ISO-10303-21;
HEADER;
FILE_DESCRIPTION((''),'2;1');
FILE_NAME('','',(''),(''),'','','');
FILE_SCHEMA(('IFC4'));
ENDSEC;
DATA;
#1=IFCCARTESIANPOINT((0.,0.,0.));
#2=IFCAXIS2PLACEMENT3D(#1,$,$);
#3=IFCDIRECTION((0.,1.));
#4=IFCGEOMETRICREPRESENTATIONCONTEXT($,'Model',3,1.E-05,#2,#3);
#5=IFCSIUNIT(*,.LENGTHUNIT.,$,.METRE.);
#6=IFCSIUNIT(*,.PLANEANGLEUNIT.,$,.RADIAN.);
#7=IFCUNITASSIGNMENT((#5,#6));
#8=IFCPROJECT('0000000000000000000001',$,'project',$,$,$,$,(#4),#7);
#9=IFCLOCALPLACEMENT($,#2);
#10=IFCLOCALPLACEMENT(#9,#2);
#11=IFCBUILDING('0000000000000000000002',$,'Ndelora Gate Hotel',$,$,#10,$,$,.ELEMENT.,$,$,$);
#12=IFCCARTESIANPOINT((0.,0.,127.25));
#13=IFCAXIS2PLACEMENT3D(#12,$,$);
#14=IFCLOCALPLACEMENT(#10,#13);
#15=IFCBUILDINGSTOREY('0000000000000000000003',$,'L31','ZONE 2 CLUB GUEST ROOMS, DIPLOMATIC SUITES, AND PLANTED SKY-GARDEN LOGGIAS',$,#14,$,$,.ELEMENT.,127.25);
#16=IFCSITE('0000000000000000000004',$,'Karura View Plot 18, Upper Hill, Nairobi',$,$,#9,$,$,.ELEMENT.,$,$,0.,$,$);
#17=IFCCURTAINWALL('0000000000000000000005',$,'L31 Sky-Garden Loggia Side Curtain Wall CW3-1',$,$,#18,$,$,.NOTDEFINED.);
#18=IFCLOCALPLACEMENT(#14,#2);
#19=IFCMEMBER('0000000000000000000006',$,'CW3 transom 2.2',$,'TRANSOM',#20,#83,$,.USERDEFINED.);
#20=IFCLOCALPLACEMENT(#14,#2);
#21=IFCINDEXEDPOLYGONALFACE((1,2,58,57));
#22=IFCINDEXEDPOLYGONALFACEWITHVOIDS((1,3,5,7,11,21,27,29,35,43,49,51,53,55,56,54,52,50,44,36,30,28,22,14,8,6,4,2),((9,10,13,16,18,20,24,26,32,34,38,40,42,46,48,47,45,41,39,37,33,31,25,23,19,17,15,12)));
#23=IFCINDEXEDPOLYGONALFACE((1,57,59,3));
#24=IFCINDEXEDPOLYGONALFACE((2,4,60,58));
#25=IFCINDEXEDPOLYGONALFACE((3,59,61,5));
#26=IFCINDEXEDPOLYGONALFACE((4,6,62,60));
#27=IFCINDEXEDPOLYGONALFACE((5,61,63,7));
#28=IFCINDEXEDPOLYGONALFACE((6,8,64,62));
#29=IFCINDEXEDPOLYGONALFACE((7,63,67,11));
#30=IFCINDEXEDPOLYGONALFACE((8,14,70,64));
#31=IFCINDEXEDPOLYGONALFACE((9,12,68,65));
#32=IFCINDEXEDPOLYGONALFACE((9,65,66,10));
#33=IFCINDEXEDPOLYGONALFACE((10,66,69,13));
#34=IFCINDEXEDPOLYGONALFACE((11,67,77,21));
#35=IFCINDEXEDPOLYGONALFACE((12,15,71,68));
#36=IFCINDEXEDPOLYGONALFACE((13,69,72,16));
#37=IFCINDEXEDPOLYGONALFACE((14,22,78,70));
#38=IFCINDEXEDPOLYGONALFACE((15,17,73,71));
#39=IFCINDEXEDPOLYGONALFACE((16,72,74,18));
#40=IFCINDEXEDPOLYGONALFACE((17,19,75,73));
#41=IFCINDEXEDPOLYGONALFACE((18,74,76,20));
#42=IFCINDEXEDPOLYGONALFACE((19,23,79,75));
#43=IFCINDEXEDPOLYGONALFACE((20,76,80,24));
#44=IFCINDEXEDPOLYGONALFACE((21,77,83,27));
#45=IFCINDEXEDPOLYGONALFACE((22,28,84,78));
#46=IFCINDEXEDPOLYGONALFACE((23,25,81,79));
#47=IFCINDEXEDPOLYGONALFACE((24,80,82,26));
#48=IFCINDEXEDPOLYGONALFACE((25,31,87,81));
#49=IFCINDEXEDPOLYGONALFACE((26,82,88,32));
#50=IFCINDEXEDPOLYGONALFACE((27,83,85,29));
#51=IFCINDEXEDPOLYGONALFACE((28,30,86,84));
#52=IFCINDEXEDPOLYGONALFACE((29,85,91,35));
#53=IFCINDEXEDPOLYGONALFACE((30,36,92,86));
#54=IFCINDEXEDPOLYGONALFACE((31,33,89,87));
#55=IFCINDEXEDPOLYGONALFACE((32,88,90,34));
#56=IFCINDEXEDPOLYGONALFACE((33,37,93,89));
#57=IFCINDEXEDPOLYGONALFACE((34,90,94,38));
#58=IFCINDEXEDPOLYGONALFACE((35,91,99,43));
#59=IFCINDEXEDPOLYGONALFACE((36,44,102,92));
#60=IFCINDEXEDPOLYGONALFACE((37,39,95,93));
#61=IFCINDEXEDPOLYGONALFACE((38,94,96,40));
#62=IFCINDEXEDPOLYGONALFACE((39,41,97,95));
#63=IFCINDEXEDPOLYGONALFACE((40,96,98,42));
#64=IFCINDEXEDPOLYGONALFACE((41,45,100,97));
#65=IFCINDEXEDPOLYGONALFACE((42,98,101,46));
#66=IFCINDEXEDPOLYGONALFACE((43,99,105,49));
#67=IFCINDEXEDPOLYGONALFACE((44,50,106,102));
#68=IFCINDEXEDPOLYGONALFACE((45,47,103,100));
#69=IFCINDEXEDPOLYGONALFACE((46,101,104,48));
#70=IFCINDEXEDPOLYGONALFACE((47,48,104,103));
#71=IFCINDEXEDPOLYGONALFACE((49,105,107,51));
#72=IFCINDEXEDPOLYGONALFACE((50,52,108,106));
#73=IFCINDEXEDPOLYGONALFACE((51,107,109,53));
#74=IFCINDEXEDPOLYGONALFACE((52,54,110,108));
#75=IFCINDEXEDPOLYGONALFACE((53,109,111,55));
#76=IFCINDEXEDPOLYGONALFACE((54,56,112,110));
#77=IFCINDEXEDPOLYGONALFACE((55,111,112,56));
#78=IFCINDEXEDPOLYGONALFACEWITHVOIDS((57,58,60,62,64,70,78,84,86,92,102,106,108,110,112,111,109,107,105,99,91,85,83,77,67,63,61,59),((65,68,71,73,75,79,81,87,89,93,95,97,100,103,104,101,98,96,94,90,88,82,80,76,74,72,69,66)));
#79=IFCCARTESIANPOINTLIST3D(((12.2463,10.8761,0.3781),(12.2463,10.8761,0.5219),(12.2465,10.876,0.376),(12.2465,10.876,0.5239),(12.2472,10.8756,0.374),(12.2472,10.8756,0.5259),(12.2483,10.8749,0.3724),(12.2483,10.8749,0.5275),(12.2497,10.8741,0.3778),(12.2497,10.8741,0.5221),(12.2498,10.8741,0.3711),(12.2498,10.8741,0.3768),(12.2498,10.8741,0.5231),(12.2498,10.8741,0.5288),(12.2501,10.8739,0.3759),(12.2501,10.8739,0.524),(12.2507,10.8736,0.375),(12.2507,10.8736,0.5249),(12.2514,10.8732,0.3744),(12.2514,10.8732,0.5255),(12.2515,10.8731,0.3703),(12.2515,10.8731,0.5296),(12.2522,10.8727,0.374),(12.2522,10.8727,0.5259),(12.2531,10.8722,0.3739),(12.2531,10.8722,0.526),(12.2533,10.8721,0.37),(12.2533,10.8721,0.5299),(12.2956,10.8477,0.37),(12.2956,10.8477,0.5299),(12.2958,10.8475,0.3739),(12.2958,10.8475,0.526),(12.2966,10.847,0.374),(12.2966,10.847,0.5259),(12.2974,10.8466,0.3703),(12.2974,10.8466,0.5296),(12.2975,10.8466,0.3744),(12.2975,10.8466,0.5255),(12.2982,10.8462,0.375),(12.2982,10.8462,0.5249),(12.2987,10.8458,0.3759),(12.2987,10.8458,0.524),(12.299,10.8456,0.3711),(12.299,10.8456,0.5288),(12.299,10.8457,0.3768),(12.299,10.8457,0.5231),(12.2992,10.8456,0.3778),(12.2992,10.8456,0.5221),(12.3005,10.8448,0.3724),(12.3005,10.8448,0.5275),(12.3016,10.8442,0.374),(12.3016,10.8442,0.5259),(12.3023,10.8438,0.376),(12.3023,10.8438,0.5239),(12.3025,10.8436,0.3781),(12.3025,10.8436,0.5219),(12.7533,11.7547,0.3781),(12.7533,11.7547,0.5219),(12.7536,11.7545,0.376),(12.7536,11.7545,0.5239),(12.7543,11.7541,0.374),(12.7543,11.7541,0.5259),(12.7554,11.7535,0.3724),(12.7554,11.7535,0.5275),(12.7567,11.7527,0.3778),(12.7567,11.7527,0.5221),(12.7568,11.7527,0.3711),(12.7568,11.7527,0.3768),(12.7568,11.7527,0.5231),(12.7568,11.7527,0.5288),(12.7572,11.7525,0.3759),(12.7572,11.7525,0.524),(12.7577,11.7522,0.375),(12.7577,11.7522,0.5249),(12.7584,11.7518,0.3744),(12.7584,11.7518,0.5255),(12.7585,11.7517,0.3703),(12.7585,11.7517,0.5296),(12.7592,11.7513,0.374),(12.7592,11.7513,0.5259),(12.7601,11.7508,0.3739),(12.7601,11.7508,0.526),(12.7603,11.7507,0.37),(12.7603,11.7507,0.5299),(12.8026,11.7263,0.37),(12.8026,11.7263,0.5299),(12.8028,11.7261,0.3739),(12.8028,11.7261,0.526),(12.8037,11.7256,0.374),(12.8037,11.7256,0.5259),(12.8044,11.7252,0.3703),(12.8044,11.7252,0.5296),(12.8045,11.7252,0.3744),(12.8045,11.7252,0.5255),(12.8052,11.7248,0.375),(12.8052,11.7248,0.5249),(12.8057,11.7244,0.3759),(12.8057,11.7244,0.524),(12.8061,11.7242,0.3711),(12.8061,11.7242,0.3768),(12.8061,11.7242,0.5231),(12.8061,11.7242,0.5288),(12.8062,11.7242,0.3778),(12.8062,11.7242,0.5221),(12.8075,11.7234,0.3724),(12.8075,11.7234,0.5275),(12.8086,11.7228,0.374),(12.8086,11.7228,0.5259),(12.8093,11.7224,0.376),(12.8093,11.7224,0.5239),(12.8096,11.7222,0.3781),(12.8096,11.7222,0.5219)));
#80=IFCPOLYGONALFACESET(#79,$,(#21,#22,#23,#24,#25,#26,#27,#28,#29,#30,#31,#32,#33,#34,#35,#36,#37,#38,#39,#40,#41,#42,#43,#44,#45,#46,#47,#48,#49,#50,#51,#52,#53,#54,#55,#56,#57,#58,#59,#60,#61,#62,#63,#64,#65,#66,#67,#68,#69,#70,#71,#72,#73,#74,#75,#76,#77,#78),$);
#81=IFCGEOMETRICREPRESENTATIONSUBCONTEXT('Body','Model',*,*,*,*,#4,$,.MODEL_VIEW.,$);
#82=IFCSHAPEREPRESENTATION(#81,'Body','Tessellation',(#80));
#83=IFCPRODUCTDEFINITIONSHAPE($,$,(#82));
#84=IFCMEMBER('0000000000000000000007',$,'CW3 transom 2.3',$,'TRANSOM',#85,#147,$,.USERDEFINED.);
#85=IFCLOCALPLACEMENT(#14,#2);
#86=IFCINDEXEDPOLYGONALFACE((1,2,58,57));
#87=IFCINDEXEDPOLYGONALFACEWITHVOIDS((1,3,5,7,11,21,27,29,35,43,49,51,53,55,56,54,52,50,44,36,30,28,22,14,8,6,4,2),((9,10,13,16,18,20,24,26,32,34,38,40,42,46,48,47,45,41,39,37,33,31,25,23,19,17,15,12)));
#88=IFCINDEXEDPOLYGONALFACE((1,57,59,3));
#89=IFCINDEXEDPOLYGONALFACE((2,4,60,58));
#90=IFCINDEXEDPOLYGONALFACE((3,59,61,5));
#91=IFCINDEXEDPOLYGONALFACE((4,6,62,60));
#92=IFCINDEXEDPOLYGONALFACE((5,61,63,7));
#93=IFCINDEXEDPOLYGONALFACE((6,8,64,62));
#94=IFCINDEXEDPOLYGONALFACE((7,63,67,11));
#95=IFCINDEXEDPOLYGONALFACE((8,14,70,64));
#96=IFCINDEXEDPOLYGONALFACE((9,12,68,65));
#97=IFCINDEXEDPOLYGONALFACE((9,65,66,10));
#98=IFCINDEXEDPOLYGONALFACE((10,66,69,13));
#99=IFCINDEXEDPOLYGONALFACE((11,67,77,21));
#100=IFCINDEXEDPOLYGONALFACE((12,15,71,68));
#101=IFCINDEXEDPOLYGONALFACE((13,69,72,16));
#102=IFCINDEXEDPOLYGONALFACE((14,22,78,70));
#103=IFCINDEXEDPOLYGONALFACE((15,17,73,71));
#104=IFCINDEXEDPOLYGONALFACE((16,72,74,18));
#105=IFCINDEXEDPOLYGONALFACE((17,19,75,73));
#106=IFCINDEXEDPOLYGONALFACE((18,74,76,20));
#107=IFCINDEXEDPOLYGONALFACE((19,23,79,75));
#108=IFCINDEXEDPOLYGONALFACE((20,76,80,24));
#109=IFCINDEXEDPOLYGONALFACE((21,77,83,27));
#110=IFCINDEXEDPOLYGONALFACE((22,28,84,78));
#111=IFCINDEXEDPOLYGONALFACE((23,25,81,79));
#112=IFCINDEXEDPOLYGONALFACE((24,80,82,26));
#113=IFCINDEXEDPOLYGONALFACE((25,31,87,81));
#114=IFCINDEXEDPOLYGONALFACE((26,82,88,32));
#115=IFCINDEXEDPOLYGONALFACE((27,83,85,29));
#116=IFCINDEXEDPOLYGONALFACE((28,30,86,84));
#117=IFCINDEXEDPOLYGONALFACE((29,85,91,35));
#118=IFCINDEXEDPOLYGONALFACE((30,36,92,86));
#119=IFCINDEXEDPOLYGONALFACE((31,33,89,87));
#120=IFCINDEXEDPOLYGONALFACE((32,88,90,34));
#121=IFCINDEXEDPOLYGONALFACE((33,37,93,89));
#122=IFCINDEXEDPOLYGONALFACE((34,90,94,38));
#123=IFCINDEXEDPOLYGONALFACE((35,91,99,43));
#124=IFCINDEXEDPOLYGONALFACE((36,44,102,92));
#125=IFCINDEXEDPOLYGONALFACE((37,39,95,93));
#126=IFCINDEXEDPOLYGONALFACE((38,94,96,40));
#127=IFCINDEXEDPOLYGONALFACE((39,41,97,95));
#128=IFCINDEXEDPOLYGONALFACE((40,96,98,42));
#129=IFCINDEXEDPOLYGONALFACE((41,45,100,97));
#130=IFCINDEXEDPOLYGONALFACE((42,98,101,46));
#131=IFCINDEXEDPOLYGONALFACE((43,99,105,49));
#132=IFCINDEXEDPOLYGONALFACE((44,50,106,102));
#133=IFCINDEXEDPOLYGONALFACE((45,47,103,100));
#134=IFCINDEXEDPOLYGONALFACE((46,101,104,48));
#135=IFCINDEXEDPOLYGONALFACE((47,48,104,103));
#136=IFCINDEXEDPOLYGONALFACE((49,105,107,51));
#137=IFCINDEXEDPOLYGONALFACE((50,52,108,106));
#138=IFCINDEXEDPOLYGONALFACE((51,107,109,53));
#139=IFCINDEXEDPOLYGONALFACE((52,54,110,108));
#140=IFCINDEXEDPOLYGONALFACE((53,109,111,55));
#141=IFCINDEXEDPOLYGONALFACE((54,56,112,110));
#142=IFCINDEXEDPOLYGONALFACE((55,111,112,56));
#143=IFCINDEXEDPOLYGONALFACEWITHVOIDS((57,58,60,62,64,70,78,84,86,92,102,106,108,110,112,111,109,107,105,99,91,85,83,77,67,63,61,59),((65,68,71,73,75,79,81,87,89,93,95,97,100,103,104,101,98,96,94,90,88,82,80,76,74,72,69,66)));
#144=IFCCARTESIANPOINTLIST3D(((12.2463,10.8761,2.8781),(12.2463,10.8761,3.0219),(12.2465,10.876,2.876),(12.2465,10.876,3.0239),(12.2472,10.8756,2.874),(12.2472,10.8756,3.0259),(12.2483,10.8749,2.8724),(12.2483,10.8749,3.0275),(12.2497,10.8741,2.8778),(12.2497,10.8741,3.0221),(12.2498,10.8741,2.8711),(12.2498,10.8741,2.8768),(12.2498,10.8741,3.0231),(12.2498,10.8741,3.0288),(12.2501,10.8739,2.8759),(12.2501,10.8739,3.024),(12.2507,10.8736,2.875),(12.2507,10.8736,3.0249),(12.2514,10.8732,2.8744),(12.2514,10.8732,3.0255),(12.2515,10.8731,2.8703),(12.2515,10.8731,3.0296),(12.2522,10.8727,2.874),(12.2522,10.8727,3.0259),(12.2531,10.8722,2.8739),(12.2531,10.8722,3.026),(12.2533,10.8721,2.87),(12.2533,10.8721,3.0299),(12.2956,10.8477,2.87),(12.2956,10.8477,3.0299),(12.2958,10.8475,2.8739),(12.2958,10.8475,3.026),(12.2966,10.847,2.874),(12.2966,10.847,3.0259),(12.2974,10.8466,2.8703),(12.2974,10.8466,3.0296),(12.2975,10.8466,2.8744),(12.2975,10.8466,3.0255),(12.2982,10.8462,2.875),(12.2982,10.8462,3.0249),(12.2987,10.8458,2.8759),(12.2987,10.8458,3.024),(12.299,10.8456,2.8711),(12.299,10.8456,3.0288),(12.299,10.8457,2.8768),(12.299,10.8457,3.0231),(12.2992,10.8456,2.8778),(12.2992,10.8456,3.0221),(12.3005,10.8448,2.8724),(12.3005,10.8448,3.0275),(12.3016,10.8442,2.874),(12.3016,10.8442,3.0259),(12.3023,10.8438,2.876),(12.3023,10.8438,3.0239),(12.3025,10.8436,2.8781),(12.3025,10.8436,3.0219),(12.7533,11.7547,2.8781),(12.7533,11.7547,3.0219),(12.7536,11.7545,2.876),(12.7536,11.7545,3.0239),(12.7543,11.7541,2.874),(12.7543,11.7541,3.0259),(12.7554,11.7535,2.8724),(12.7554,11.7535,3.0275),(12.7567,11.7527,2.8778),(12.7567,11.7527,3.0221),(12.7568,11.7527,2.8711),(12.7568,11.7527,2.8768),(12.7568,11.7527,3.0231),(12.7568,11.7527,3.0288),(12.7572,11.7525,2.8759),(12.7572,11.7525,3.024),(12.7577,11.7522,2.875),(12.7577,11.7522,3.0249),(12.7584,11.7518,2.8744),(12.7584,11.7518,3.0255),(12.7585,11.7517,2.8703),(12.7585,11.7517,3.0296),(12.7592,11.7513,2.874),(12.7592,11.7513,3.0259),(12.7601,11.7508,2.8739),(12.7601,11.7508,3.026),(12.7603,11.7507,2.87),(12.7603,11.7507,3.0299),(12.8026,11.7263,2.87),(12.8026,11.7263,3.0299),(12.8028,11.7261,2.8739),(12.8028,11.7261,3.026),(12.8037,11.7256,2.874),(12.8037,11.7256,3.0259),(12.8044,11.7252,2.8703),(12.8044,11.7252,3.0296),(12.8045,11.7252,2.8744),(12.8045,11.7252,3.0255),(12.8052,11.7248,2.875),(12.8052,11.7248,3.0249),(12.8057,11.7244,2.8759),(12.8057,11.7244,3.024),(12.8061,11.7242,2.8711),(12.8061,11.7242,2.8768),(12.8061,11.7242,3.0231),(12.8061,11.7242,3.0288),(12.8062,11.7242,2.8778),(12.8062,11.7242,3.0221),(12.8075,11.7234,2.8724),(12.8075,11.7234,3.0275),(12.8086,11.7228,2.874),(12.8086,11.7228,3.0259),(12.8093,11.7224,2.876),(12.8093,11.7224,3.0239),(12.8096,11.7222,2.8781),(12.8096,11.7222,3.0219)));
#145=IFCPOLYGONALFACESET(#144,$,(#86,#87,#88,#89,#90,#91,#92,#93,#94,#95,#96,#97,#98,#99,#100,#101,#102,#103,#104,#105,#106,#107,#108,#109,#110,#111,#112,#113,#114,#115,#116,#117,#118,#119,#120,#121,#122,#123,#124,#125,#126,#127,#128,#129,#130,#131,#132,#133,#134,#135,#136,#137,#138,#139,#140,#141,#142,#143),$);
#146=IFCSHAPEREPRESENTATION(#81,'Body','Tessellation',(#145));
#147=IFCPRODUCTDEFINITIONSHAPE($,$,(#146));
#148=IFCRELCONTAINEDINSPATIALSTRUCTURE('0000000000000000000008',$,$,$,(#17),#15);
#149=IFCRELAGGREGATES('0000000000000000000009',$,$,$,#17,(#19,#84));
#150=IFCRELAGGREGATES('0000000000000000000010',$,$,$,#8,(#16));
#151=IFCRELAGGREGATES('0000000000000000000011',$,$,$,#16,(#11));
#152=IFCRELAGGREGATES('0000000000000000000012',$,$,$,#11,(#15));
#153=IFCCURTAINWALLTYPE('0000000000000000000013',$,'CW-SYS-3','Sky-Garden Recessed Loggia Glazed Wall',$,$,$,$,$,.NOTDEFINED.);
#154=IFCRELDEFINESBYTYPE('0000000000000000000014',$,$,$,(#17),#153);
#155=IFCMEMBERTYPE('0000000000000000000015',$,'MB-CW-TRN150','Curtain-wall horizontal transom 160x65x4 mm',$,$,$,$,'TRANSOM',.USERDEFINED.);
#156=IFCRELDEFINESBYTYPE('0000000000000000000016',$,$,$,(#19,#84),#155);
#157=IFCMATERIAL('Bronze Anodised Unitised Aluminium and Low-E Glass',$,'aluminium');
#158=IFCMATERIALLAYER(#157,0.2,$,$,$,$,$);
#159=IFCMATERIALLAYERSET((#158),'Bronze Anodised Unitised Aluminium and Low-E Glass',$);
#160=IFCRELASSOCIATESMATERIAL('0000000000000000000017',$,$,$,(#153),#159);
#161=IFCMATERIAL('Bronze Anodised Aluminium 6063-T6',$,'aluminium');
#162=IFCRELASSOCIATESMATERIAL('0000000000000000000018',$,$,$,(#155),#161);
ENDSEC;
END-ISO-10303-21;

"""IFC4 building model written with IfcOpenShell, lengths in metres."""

from ifc_helpers import new_model, si_unit, direction, frame, origin, origin_2d, place, context, subcontext, project, spatial, hollow_rectangle, extrude, material, layer, layer_set, material_profile, profile_set, type_object, element, aggregate, save


model = new_model("IFC4")

# Units and contexts
model_context = context("Model", 3, precision=1e-05, world=origin(), true_north=direction((0.0, 1.0)))
body_context = subcontext(model_context, "Body", "Model", "MODEL_VIEW")
ifc_project = project(units=[si_unit("LENGTHUNIT", "METRE"), si_unit("PLANEANGLEUNIT", "RADIAN")], contexts=[model_context])

# Site, building, storey
site_placement = place(None, origin())
site = spatial("IfcSite", under=ifc_project, at=site_placement, Name="Karura View Plot 18, Upper Hill, Nairobi", CompositionType="ELEMENT", RefElevation=0.0)
building_placement = place(site_placement, origin())
building = spatial("IfcBuilding", under=site, at=building_placement, Name="Ndelora Gate Hotel", CompositionType="ELEMENT")
storey_placement = place(building_placement, frame((0.0, 0.0, 127.25)))
storey = spatial("IfcBuildingStorey", under=building, at=storey_placement, Name="L31", Description="ZONE 2 CLUB GUEST ROOMS, DIPLOMATIC SUITES, AND PLANTED SKY-GARDEN LOGGIAS", CompositionType="ELEMENT", Elevation=127.25)

# Curtain wall, members
ifc_material_1 = material(Name="Bronze Anodised Unitised Aluminium and Low-E Glass", Category="aluminium")
ifc_layer_1 = layer(ifc_material_1, 0.2)
ifc_layer_set_1 = layer_set([ifc_layer_1], Name="Bronze Anodised Unitised Aluminium and Low-E Glass")
curtain_wall_type = type_object("IfcCurtainWallType", Name="CW-SYS-3", Description="Sky-Garden Recessed Loggia Glazed Wall", PredefinedType="NOTDEFINED", material=ifc_layer_set_1)
curtain_wall_placement = place(storey_placement, origin())
curtain_wall = element("IfcCurtainWall", 1, at=curtain_wall_placement, inside=storey, type_object=curtain_wall_type, Name="L31 Sky-Garden Loggia Side Curtain Wall CW3-1", PredefinedType="NOTDEFINED")
ifc_material_2 = material(Name="Bronze Anodised Aluminium 6063-T6", Category="aluminium")
ifc_material_profile_1 = material_profile(ifc_material_2, hollow_rectangle(XDim=0.0649, YDim=0.1599, WallThickness=0.0039, InnerFilletRadius=0.0039, OuterFilletRadius=0.0081, at=origin_2d()), Name="ALU 160x65x4")
ifc_profile_set_1 = profile_set([ifc_material_profile_1], Name="Bronze Anodised Aluminium 6063-T6")
member_type_1 = type_object("IfcMemberType", Name="MB-CW-TRN150", Description="Curtain-wall horizontal transom 160x65x4 mm", ElementType="TRANSOM", PredefinedType="USERDEFINED", material=ifc_profile_set_1)
member_1_placement = place(storey_placement, frame((12.2744, 10.8599, 0.45), z_axis=(0.499841, 0.866117, 0.0), x_axis=(-0.866117, 0.499841, 0.0)))
member_1 = element("IfcMember", 2, at=member_1_placement, type_object=member_type_1, Name="CW3 transom 2.2", ObjectType="TRANSOM", PredefinedType="USERDEFINED", context=body_context, shape_type="SweptSolid", body=[
    extrude(hollow_rectangle(XDim=0.0649, YDim=0.1599, WallThickness=0.0039, InnerFilletRadius=0.0039, OuterFilletRadius=0.0081, at=origin_2d()), origin(), (0.0, 0.0, 1.0), 1.0144),
])
member_2_placement = place(storey_placement, frame((12.2744, 10.8599, 2.95), z_axis=(0.499841, 0.866117, 0.0), x_axis=(-0.866117, 0.499841, 0.0)))
member_2 = element("IfcMember", 3, at=member_2_placement, type_object=member_type_1, Name="CW3 transom 2.3", ObjectType="TRANSOM", PredefinedType="USERDEFINED", context=body_context, shape_type="SweptSolid", body=[
    extrude(hollow_rectangle(XDim=0.0649, YDim=0.1599, WallThickness=0.0039, InnerFilletRadius=0.0039, OuterFilletRadius=0.0081, at=origin_2d()), origin(), (0.0, 0.0, 1.0), 1.0144),
])
aggregate(curtain_wall, [member_1, member_2])

save(model, "model.ifc")
